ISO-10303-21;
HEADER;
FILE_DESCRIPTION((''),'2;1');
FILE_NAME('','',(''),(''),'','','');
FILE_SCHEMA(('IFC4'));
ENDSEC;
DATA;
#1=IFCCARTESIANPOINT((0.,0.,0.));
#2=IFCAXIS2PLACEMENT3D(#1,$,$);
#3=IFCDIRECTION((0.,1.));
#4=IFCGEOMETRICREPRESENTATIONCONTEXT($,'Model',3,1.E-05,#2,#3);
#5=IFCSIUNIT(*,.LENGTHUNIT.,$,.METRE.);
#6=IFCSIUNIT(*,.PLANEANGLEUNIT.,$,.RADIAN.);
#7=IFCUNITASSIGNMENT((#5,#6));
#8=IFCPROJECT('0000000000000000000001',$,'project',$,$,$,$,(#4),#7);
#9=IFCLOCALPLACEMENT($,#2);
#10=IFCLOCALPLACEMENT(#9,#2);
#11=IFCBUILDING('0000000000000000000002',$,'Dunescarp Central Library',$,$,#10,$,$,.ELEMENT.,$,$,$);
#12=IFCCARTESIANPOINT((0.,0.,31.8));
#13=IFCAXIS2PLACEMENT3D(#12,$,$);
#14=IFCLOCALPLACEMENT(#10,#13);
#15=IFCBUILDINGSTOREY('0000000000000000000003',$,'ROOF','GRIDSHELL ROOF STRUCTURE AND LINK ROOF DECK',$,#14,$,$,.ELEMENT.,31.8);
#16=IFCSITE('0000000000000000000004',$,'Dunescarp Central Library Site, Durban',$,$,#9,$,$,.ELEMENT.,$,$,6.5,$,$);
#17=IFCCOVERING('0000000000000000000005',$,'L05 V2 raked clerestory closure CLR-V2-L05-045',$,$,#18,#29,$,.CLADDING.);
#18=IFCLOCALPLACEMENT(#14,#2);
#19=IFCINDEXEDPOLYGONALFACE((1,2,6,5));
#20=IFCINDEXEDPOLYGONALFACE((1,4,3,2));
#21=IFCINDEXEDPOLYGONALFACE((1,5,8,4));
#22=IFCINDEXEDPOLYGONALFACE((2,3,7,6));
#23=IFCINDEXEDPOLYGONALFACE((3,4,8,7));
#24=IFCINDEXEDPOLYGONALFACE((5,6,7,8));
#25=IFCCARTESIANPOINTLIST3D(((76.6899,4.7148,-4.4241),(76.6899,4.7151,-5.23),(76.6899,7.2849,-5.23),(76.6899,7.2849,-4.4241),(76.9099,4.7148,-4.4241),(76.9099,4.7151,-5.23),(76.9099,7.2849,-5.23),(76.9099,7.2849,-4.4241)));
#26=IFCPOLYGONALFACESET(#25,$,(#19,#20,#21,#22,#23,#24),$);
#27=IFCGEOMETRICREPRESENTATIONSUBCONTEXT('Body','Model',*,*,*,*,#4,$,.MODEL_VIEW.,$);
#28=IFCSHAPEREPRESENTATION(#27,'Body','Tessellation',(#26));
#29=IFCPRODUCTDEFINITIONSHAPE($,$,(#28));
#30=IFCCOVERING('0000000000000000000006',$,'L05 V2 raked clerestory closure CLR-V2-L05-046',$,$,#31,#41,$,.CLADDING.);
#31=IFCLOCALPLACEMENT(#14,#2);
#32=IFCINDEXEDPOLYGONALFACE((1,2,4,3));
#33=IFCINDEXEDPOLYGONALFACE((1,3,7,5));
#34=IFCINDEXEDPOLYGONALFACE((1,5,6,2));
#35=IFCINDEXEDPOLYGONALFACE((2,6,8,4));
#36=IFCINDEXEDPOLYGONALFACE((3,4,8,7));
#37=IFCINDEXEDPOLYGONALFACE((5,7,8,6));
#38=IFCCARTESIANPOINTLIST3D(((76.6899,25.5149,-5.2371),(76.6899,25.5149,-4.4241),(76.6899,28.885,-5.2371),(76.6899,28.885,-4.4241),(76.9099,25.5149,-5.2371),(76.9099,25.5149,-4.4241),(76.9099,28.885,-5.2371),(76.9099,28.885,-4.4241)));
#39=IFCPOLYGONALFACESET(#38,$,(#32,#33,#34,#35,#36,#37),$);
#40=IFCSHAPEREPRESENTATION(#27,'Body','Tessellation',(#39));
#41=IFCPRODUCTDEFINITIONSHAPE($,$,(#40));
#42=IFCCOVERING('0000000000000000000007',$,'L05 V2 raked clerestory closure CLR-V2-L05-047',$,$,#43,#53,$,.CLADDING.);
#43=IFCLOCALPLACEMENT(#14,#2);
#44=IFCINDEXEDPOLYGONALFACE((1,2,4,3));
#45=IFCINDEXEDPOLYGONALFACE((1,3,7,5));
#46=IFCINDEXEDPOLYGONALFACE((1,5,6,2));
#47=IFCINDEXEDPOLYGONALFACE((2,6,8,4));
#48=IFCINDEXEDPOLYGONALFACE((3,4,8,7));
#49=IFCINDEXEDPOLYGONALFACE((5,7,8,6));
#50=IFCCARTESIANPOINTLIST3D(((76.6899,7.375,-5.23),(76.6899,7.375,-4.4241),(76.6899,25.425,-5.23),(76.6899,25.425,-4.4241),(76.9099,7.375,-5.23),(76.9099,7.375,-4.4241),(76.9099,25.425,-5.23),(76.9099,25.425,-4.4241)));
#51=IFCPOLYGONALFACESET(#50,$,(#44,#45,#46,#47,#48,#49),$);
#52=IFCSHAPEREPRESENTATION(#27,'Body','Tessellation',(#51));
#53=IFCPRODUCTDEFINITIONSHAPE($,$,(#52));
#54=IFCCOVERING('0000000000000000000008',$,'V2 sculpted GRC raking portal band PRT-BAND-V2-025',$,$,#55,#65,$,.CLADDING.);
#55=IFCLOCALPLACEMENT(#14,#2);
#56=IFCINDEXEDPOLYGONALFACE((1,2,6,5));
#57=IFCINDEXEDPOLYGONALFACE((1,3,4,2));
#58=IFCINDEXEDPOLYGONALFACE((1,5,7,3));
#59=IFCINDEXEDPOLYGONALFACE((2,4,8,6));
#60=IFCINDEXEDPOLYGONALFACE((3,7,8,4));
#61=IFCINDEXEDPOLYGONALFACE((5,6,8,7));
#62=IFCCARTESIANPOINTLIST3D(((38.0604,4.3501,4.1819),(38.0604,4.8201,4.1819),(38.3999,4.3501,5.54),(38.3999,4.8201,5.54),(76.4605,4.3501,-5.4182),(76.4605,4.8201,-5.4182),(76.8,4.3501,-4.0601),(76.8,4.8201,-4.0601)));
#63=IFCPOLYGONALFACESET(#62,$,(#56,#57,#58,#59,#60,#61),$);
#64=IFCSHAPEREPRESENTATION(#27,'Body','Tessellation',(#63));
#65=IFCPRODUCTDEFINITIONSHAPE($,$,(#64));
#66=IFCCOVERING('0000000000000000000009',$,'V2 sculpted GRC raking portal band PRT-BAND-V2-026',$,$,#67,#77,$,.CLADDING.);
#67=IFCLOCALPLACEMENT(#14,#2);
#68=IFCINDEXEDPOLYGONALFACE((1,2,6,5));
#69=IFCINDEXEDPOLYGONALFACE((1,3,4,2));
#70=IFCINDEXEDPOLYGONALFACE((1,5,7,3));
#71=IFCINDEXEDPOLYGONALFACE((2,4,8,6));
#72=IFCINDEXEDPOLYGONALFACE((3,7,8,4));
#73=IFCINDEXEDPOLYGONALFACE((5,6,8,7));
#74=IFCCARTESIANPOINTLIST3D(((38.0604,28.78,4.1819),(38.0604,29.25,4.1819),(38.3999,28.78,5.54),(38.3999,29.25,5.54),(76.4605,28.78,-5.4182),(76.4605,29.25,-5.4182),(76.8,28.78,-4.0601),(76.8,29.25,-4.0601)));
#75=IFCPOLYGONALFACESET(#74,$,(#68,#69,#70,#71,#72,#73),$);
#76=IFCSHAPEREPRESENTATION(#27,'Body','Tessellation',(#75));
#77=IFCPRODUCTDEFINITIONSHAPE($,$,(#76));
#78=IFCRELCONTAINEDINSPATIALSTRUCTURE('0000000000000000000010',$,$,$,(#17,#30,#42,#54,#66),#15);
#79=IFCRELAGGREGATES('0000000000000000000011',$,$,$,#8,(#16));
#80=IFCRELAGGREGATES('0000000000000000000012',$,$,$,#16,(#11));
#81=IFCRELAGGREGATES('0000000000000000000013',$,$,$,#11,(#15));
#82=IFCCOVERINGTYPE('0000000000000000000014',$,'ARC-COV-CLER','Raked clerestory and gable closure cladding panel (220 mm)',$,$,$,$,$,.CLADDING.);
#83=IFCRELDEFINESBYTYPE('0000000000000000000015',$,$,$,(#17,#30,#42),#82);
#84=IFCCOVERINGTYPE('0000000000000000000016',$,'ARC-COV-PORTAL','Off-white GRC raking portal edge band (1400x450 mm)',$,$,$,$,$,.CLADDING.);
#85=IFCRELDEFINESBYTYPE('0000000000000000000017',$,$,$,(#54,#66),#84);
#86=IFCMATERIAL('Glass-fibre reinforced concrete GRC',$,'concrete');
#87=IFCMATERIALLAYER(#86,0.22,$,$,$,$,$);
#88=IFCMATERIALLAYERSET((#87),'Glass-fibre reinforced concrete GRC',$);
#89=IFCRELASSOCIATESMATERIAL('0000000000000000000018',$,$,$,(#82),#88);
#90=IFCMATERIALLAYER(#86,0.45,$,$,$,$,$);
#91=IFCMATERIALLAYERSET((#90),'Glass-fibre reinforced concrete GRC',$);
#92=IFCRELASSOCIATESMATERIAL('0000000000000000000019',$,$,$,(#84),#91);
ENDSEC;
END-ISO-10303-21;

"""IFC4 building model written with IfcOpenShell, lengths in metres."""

from ifc_helpers import new_model, si_unit, direction, frame, origin, place, context, subcontext, project, spatial, polyline, outline, extrude, material, layer, layer_set, type_object, element, save


model = new_model("IFC4")

# Units and contexts
model_context = context("Model", 3, precision=1e-05, world=origin(), true_north=direction((0.0, 1.0)))
body_context = subcontext(model_context, "Body", "Model", "MODEL_VIEW")
ifc_project = project(units=[si_unit("LENGTHUNIT", "METRE"), si_unit("PLANEANGLEUNIT", "RADIAN")], contexts=[model_context])

# Site, building, storey
site_placement = place(None, origin())
site = spatial("IfcSite", under=ifc_project, at=site_placement, Name="Dunescarp Central Library Site, Durban", CompositionType="ELEMENT", RefElevation=6.5)
building_placement = place(site_placement, origin())
building = spatial("IfcBuilding", under=site, at=building_placement, Name="Dunescarp Central Library", CompositionType="ELEMENT")
storey_placement = place(building_placement, frame((0.0, 0.0, 31.8)))
storey = spatial("IfcBuildingStorey", under=building, at=storey_placement, Name="ROOF", Description="GRIDSHELL ROOF STRUCTURE AND LINK ROOF DECK", CompositionType="ELEMENT", Elevation=31.8)

# Coverings
ifc_material_1 = material(Name="Glass-fibre reinforced concrete GRC", Category="concrete")
ifc_layer_1 = layer(ifc_material_1, 0.22)
ifc_layer_set_1 = layer_set([ifc_layer_1], Name="Glass-fibre reinforced concrete GRC")
covering_type_1 = type_object("IfcCoveringType", Name="ARC-COV-CLER", Description="Raked clerestory and gable closure cladding panel (220 mm)", PredefinedType="CLADDING", material=ifc_layer_set_1)
covering_1_placement = place(storey_placement, frame((76.8, 7.2849, -5.23), z_axis=(0.0, 0.0, 1.0), x_axis=(0.0, -1.0, 0.0)))
element("IfcCovering", 1, at=covering_1_placement, inside=storey, type_object=covering_type_1, Name="L05 V2 raked clerestory closure CLR-V2-L05-045", PredefinedType="CLADDING", context=body_context, shape_type="SweptSolid", body=[
    extrude(outline(polyline([(0.0, 0.0), (2.5698, 0.0), (2.5701, 0.8059), (0.0, 0.8059), (0.0, 0.0)])), frame((0.0, 0.1099, 0.0), z_axis=(0.0, -1.0, 0.0), x_axis=(1.0, 0.0, 0.0)), (0.0, 0.0, 1.0), 0.22),
])
covering_2_placement = place(storey_placement, frame((76.8, 28.885, -5.2371), z_axis=(0.0, 0.0, 1.0), x_axis=(0.0, -1.0, 0.0)))
element("IfcCovering", 2, at=covering_2_placement, inside=storey, type_object=covering_type_1, Name="L05 V2 raked clerestory closure CLR-V2-L05-046", PredefinedType="CLADDING", context=body_context, shape_type="SweptSolid", body=[
    extrude(outline(polyline([(0.0, 0.0), (3.3701, 0.0), (3.3701, 0.813), (0.0, 0.813), (0.0, 0.0)])), frame((0.0, 0.1099, 0.0), z_axis=(0.0, -1.0, 0.0), x_axis=(1.0, 0.0, 0.0)), (0.0, 0.0, 1.0), 0.22),
])
covering_3_placement = place(storey_placement, frame((76.8, 25.425, -5.23), z_axis=(0.0, 0.0, 1.0), x_axis=(0.0, -1.0, 0.0)))
element("IfcCovering", 3, at=covering_3_placement, inside=storey, type_object=covering_type_1, Name="L05 V2 raked clerestory closure CLR-V2-L05-047", PredefinedType="CLADDING", context=body_context, shape_type="SweptSolid", body=[
    extrude(outline(polyline([(0.0, 0.0), (18.05, 0.0), (18.05, 0.8059), (0.0, 0.8059), (0.0, 0.0)])), frame((0.0, 0.1099, 0.0), z_axis=(0.0, -1.0, 0.0), x_axis=(1.0, 0.0, 0.0)), (0.0, 0.0, 1.0), 0.22),
])
ifc_layer_2 = layer(ifc_material_1, 0.45)
ifc_layer_set_2 = layer_set([ifc_layer_2], Name="Glass-fibre reinforced concrete GRC")
covering_type_2 = type_object("IfcCoveringType", Name="ARC-COV-PORTAL", Description="Off-white GRC raking portal edge band (1400x450 mm)", PredefinedType="CLADDING", material=ifc_layer_set_2)
for number, where, z_axis, x_axis, name in (
    (4, (38.3999, 4.3501, 5.54), (0.242537, 0.0, 0.970142), (0.970142, 0.0, -0.242537), "V2 sculpted GRC raking portal band PRT-BAND-V2-025"),
    (5, (38.3999, 28.78, 5.54), (0.242537, 0.0, 0.970142), (0.970142, 0.0, -0.242537), "V2 sculpted GRC raking portal band PRT-BAND-V2-026"),
):
    element("IfcCovering", number, at=place(storey_placement, frame(where, z_axis=z_axis, x_axis=x_axis)), inside=storey, type_object=covering_type_2, Name=name, PredefinedType="CLADDING", context=body_context, shape_type="SweptSolid", body=[
        extrude(outline(polyline([(0.0, 0.0), (39.582, 0.0), (39.582, 0.47), (0.0, 0.47), (0.0, 0.0)])), origin(), (0.0, 0.0, -1.0), 1.3999),
    ])

save(model, "model.ifc")
